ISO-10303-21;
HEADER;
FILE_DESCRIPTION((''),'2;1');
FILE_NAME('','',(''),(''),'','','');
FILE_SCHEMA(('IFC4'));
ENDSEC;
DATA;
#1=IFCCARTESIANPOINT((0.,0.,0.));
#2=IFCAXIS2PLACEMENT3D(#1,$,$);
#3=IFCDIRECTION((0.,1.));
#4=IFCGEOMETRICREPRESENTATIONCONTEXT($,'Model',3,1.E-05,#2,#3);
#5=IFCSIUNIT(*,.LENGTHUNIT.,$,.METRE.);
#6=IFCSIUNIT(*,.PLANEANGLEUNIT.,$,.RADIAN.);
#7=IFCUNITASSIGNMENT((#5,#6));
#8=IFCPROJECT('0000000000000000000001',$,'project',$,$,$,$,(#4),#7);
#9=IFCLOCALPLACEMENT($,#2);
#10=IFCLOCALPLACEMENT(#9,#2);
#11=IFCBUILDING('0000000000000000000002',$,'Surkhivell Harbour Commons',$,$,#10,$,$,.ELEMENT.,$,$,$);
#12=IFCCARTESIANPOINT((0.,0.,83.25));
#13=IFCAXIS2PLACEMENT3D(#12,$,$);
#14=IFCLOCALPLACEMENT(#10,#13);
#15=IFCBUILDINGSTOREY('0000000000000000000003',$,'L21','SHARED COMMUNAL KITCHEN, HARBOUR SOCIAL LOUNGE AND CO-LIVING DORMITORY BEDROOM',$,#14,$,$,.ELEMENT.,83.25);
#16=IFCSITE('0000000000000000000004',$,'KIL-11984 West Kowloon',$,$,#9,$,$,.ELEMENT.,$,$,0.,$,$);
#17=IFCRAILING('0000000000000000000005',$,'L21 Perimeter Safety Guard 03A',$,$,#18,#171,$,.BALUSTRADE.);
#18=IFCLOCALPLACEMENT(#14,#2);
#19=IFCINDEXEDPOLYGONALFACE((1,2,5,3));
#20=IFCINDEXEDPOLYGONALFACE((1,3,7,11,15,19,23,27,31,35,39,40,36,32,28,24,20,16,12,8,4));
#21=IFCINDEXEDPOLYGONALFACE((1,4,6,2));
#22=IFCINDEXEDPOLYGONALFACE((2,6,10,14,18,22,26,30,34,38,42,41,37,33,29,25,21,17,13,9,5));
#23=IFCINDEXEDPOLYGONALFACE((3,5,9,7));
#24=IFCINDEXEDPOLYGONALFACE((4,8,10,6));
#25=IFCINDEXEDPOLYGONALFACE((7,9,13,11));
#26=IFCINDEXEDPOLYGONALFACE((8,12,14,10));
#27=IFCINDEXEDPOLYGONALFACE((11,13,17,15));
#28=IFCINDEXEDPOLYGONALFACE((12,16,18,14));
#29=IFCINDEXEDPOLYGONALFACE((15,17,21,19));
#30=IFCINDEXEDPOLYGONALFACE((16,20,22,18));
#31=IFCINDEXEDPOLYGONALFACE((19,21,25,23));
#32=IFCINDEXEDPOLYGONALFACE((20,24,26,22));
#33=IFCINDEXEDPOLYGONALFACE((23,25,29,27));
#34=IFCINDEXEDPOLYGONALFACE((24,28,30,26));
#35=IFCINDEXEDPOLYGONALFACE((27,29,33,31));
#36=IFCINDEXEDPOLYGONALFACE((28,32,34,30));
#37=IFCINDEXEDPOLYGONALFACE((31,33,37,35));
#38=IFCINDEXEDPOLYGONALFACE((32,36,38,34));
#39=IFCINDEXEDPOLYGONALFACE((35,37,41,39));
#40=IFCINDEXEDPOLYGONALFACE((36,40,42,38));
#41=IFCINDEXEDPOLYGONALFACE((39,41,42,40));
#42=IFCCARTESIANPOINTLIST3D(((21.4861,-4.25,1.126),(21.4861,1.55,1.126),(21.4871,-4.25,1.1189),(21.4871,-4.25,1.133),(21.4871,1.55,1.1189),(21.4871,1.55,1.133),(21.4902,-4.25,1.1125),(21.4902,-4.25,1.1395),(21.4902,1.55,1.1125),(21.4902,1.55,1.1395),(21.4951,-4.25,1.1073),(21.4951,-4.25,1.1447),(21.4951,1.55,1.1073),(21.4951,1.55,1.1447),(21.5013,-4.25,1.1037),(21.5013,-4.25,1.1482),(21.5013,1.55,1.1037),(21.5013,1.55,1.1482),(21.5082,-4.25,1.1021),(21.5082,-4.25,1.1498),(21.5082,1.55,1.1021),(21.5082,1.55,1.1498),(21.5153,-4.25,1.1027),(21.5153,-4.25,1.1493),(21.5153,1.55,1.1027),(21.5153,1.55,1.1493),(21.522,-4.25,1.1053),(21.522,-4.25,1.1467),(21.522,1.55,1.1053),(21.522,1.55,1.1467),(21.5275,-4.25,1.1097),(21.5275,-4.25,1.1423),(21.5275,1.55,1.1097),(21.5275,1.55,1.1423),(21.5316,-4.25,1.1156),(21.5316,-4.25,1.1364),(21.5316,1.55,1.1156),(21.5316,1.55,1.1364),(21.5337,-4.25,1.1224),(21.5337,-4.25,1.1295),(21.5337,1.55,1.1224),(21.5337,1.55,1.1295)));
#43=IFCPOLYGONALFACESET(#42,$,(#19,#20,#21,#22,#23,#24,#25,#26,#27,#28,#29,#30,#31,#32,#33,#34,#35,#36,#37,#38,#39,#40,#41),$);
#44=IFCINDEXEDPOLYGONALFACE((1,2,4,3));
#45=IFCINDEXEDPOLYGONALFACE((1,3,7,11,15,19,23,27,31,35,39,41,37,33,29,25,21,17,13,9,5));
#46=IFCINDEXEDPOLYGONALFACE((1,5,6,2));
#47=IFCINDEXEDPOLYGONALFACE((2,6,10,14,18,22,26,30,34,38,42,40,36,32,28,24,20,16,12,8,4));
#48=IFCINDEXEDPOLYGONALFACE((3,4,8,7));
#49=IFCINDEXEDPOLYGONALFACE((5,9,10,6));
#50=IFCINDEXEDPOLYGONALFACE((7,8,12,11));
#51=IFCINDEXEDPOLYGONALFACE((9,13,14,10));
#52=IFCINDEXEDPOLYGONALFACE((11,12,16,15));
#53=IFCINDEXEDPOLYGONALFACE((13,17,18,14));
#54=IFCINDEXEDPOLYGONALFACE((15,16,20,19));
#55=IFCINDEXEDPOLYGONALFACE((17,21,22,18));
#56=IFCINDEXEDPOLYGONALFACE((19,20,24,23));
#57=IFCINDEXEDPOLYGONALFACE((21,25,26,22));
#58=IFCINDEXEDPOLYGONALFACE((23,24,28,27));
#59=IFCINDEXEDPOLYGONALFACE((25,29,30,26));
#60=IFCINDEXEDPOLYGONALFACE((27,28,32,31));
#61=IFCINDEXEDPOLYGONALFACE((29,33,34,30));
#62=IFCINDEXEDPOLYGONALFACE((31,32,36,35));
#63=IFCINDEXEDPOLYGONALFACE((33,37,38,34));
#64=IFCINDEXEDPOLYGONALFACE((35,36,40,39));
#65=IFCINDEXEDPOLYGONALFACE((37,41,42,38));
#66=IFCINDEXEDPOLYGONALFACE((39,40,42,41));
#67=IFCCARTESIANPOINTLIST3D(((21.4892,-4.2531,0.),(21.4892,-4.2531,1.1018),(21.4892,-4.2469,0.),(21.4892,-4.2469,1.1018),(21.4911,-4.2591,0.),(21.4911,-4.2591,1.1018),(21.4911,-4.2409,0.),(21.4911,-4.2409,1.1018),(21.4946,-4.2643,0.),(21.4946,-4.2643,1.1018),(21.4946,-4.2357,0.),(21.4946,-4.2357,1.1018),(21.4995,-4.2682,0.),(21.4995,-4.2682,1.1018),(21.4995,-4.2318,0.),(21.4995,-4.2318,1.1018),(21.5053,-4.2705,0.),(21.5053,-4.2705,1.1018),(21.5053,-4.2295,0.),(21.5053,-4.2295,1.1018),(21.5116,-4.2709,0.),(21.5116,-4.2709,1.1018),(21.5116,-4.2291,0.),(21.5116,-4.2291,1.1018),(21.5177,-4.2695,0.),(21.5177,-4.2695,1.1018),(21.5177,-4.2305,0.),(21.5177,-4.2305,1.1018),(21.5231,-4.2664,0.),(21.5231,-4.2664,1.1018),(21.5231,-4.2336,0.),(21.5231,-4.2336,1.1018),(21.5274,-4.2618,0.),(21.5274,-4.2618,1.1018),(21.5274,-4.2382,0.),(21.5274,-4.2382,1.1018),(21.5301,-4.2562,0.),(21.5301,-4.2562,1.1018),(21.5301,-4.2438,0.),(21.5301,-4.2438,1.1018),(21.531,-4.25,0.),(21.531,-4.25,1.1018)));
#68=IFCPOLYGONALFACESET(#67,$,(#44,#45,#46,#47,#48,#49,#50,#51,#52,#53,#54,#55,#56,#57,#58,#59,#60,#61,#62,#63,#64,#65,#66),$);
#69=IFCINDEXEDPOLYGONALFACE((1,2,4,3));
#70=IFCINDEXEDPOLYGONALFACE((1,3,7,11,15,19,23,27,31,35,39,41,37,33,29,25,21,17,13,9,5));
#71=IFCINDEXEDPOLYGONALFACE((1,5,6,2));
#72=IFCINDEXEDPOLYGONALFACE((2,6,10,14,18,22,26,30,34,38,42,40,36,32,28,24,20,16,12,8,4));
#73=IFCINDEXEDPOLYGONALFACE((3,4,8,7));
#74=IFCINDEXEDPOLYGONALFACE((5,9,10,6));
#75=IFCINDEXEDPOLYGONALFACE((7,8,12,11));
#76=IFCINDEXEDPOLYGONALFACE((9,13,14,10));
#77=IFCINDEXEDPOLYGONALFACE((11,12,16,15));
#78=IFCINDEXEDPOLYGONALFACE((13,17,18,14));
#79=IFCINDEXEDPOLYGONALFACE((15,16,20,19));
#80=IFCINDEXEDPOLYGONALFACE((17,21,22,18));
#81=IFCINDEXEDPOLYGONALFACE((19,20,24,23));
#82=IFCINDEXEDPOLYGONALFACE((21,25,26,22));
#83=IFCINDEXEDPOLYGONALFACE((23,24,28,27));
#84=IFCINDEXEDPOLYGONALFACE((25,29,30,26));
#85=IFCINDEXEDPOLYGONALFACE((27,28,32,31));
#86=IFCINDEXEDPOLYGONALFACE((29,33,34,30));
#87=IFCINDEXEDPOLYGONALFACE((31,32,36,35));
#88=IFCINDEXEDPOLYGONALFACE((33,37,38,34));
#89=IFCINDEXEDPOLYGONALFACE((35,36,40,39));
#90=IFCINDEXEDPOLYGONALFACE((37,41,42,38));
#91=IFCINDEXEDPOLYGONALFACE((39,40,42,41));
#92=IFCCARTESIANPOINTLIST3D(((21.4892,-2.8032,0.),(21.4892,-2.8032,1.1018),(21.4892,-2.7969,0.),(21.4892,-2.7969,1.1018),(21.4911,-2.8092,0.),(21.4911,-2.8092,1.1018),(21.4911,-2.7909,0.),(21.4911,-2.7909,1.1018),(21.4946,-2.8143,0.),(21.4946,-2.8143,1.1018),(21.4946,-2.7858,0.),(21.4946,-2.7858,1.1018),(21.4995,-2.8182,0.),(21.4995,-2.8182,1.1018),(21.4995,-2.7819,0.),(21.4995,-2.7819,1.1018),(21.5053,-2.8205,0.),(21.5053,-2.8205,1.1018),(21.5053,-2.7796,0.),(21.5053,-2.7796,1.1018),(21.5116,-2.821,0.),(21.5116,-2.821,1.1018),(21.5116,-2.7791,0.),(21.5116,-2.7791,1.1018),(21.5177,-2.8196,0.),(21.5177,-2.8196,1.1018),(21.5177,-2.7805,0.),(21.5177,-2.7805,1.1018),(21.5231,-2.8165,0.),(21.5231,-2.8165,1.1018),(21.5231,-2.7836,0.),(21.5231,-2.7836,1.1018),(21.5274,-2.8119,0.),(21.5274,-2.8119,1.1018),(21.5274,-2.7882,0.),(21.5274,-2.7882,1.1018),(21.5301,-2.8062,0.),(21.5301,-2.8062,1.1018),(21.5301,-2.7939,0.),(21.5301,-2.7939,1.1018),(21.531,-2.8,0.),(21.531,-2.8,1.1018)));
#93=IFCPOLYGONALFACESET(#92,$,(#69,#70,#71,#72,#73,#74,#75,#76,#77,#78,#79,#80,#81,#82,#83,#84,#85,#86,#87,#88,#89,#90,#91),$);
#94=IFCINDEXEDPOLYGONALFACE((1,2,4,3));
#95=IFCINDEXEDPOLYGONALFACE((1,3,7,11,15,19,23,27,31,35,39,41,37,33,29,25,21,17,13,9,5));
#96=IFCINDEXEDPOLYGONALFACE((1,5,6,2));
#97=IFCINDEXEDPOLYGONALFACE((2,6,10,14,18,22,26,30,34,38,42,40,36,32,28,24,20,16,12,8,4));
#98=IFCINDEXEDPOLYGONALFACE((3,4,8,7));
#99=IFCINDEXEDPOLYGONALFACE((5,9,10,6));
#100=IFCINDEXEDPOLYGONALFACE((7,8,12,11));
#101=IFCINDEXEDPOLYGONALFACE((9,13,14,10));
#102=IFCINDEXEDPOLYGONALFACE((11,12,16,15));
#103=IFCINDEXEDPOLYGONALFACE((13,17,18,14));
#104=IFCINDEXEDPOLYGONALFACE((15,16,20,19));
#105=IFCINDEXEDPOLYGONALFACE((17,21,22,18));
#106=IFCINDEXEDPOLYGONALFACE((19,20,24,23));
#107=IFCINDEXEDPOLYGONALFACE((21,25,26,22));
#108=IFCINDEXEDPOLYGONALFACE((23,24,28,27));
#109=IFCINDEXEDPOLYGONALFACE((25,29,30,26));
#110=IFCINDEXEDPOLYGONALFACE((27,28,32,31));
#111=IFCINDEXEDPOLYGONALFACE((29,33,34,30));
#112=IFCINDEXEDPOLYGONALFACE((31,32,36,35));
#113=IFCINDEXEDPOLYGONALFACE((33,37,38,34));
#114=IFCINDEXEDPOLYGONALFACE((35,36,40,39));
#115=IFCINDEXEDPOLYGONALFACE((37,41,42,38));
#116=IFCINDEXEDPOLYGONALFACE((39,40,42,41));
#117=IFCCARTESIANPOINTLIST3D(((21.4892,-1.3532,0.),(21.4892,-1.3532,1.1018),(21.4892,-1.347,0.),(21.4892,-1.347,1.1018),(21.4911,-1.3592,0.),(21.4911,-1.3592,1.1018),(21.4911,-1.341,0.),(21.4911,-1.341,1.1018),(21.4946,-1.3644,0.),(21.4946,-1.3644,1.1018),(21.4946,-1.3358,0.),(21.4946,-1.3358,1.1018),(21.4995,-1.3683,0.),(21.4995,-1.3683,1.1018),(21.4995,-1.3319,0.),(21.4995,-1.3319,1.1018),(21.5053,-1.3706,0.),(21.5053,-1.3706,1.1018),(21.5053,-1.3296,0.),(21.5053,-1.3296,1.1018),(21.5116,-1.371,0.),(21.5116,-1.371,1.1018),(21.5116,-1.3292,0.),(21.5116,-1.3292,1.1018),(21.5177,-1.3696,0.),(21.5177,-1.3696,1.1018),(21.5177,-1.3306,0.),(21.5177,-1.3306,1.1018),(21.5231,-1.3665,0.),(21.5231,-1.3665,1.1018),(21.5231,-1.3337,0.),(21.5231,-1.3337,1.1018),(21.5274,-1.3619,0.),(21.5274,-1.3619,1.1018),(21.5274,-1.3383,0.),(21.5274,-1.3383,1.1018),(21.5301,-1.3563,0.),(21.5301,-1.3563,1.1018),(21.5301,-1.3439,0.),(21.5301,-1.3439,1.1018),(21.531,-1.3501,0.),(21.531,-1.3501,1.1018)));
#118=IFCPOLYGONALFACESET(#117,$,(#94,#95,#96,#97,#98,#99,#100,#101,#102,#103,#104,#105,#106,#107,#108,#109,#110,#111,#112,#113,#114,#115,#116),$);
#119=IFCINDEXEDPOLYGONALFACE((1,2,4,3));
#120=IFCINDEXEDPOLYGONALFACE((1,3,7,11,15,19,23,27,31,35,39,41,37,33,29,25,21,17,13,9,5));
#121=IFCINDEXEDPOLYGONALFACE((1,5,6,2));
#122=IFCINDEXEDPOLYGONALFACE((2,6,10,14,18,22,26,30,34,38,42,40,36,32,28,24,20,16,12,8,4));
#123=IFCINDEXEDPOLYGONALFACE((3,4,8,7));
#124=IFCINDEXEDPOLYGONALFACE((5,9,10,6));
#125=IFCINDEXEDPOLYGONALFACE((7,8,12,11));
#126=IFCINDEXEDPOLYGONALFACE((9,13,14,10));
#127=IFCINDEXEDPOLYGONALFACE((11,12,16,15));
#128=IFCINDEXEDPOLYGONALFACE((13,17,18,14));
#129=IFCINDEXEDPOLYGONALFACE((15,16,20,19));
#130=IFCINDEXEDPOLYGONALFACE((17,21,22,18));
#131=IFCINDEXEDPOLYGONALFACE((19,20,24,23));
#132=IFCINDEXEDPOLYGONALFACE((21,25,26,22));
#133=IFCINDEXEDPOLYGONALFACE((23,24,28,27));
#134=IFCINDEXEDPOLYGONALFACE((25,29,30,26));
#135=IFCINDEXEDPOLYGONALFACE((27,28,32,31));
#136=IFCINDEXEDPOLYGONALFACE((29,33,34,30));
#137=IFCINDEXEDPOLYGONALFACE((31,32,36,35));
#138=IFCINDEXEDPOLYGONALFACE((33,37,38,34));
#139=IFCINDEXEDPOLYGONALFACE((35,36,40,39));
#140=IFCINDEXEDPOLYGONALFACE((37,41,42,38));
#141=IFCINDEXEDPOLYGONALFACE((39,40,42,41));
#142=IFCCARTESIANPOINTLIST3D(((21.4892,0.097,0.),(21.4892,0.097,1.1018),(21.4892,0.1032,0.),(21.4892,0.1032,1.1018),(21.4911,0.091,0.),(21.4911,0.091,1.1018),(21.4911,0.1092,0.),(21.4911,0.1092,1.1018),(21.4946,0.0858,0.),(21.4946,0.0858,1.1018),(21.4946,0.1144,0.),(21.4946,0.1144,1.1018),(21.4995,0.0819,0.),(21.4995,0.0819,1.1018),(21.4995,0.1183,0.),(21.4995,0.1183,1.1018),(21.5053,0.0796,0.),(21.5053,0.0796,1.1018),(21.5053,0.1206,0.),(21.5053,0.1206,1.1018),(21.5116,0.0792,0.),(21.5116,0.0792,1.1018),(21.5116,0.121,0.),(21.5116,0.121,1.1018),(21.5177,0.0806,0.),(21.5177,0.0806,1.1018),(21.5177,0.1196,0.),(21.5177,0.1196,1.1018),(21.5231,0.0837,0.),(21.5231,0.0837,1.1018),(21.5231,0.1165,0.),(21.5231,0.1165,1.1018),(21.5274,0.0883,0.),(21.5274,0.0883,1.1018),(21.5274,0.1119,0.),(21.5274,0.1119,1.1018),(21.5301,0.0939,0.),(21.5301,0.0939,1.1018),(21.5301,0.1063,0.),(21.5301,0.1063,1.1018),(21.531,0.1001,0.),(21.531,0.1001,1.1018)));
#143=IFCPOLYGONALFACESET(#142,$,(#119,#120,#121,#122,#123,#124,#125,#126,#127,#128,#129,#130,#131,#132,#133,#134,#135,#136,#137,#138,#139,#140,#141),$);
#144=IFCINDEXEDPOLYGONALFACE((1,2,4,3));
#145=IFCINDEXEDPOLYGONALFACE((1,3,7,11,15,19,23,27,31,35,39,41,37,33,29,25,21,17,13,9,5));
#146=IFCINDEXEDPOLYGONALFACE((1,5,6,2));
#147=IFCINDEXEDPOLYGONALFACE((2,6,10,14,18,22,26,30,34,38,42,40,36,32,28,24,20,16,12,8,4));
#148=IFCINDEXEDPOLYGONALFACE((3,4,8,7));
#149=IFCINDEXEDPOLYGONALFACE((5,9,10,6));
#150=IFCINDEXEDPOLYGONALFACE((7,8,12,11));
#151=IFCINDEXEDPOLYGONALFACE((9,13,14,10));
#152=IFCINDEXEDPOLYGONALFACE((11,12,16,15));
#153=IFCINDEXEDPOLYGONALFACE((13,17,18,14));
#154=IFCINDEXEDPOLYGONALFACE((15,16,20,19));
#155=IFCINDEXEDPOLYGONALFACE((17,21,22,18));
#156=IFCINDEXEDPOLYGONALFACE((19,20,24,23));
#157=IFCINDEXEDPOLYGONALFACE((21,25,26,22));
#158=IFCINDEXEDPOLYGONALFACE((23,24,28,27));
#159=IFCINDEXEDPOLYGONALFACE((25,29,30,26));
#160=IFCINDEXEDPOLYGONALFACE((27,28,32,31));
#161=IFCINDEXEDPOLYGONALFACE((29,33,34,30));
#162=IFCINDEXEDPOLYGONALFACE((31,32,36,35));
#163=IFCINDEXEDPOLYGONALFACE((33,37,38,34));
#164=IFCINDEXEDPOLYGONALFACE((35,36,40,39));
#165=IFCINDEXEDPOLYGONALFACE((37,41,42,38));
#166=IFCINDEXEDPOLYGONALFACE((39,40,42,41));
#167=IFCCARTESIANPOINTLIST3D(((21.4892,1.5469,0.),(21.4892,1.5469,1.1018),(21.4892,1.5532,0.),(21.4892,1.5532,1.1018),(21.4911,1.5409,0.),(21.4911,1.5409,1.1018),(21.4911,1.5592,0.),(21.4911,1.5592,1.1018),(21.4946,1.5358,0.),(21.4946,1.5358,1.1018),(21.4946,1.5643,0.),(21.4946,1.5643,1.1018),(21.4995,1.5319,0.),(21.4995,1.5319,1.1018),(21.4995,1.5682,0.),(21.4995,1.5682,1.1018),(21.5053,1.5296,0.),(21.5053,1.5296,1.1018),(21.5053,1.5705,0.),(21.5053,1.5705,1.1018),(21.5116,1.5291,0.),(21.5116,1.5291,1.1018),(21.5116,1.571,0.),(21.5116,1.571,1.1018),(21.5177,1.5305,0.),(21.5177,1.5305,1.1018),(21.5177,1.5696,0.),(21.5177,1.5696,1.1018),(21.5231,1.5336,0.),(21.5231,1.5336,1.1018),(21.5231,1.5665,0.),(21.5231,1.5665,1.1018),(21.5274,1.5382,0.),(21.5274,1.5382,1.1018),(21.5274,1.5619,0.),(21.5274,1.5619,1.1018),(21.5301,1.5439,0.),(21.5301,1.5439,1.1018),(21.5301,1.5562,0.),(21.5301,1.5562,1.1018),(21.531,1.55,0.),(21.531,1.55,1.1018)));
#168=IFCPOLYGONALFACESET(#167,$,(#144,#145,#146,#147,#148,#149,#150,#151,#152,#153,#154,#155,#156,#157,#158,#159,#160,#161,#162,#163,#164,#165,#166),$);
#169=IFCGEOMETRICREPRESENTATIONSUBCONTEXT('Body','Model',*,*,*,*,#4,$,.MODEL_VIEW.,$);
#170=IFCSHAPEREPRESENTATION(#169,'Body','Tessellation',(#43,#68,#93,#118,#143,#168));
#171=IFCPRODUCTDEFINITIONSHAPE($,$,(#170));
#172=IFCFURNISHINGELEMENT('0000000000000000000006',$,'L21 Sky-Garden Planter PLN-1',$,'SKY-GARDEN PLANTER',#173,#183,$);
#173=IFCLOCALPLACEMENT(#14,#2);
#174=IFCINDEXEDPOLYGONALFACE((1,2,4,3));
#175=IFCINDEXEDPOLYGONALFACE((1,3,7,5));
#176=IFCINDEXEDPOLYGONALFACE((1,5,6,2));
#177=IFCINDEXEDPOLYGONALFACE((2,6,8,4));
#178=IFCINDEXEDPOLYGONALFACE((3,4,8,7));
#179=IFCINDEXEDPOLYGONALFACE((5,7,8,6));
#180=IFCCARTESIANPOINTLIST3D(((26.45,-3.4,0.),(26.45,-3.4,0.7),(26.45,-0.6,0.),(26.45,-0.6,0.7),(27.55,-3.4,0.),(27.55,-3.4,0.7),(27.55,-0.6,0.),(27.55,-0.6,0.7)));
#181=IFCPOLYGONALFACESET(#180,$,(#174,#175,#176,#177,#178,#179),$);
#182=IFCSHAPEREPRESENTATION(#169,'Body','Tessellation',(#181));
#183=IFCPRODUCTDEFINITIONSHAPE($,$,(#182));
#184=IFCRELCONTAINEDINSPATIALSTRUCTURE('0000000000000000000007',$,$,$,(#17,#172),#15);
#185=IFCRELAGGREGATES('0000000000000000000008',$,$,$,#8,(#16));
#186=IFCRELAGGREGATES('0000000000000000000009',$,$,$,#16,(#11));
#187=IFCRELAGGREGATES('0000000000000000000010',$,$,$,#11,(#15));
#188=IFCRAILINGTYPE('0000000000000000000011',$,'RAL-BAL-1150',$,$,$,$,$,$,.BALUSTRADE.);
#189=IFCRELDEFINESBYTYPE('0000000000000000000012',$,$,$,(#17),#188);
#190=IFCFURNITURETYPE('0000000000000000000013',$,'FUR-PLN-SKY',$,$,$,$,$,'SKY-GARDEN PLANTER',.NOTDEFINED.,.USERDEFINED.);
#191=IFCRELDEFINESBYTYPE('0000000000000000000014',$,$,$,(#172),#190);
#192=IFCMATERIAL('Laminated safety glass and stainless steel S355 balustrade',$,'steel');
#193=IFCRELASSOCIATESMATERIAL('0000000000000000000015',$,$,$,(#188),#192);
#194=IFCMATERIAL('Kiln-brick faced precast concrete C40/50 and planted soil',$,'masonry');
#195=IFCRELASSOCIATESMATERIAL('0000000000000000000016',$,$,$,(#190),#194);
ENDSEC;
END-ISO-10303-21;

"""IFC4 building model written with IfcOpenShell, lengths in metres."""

from ifc_helpers import new_model, si_unit, direction, frame, origin, origin_2d, place, context, subcontext, project, spatial, rectangle, circle, extrude, material, type_object, element, save


model = new_model("IFC4")

# Units and contexts
model_context = context("Model", 3, precision=1e-05, world=origin(), true_north=direction((0.0, 1.0)))
body_context = subcontext(model_context, "Body", "Model", "MODEL_VIEW")
ifc_project = project(units=[si_unit("LENGTHUNIT", "METRE"), si_unit("PLANEANGLEUNIT", "RADIAN")], contexts=[model_context])

# Site, building, storey
site_placement = place(None, origin())
site = spatial("IfcSite", under=ifc_project, at=site_placement, Name="KIL-11984 West Kowloon", CompositionType="ELEMENT", RefElevation=0.0)
building_placement = place(site_placement, origin())
building = spatial("IfcBuilding", under=site, at=building_placement, Name="Surkhivell Harbour Commons", CompositionType="ELEMENT")
storey_placement = place(building_placement, frame((0.0, 0.0, 83.25)))
storey = spatial("IfcBuildingStorey", under=building, at=storey_placement, Name="L21", Description="SHARED COMMUNAL KITCHEN, HARBOUR SOCIAL LOUNGE AND CO-LIVING DORMITORY BEDROOM", CompositionType="ELEMENT", Elevation=83.25)

# Railing
ifc_material_1 = material(Name="Laminated safety glass and stainless steel S355 balustrade", Category="steel")
railing_type = type_object("IfcRailingType", Name="RAL-BAL-1150", PredefinedType="BALUSTRADE", material=ifc_material_1)
railing_1_placement = place(storey_placement, frame((21.51, -4.25, 0.0)))
element("IfcRailing", 1, at=railing_1_placement, inside=storey, type_object=railing_type, Name="L21 Perimeter Safety Guard 03A", PredefinedType="BALUSTRADE", context=body_context, shape_type="SweptSolid", body=[
    extrude(circle(Radius=0.0239, at=origin_2d()), frame((0.0, 0.0, 1.126), z_axis=(0.0, 1.0, 0.0), x_axis=(-1.0, 0.0, 0.0)), (0.0, 0.0, 1.0), 5.8),
    extrude(circle(Radius=0.021, at=origin_2d()), origin(), (0.0, 0.0, 1.0), 1.1018),
    extrude(circle(Radius=0.021, at=origin_2d()), frame((0.0, 1.45, 0.0)), (0.0, 0.0, 1.0), 1.1018),
    extrude(circle(Radius=0.021, at=origin_2d()), frame((0.0, 2.8999, 0.0)), (0.0, 0.0, 1.0), 1.1018),
    extrude(circle(Radius=0.021, at=origin_2d()), frame((0.0, 4.3501, 0.0)), (0.0, 0.0, 1.0), 1.1018),
    extrude(circle(Radius=0.021, at=origin_2d()), frame((0.0, 5.8, 0.0)), (0.0, 0.0, 1.0), 1.1018),
])

# Furnishing element
ifc_material_2 = material(Name="Kiln-brick faced precast concrete C40/50 and planted soil", Category="masonry")
furniture_type = type_object("IfcFurnitureType", Name="FUR-PLN-SKY", ElementType="SKY-GARDEN PLANTER", AssemblyPlace="NOTDEFINED", PredefinedType="USERDEFINED", material=ifc_material_2)
furnishing_placement = place(storey_placement, frame((27.0, -2.0, 0.0), z_axis=(0.0, 0.0, 1.0), x_axis=(0.0, 1.0, 0.0)))
element("IfcFurnishingElement", 2, at=furnishing_placement, inside=storey, type_object=furniture_type, Name="L21 Sky-Garden Planter PLN-1", ObjectType="SKY-GARDEN PLANTER", context=body_context, shape_type="SweptSolid", body=[
    extrude(rectangle(XDim=2.8, YDim=1.1001, at=origin_2d()), origin(), (0.0, 0.0, 1.0), 0.7),
])

save(model, "model.ifc")
